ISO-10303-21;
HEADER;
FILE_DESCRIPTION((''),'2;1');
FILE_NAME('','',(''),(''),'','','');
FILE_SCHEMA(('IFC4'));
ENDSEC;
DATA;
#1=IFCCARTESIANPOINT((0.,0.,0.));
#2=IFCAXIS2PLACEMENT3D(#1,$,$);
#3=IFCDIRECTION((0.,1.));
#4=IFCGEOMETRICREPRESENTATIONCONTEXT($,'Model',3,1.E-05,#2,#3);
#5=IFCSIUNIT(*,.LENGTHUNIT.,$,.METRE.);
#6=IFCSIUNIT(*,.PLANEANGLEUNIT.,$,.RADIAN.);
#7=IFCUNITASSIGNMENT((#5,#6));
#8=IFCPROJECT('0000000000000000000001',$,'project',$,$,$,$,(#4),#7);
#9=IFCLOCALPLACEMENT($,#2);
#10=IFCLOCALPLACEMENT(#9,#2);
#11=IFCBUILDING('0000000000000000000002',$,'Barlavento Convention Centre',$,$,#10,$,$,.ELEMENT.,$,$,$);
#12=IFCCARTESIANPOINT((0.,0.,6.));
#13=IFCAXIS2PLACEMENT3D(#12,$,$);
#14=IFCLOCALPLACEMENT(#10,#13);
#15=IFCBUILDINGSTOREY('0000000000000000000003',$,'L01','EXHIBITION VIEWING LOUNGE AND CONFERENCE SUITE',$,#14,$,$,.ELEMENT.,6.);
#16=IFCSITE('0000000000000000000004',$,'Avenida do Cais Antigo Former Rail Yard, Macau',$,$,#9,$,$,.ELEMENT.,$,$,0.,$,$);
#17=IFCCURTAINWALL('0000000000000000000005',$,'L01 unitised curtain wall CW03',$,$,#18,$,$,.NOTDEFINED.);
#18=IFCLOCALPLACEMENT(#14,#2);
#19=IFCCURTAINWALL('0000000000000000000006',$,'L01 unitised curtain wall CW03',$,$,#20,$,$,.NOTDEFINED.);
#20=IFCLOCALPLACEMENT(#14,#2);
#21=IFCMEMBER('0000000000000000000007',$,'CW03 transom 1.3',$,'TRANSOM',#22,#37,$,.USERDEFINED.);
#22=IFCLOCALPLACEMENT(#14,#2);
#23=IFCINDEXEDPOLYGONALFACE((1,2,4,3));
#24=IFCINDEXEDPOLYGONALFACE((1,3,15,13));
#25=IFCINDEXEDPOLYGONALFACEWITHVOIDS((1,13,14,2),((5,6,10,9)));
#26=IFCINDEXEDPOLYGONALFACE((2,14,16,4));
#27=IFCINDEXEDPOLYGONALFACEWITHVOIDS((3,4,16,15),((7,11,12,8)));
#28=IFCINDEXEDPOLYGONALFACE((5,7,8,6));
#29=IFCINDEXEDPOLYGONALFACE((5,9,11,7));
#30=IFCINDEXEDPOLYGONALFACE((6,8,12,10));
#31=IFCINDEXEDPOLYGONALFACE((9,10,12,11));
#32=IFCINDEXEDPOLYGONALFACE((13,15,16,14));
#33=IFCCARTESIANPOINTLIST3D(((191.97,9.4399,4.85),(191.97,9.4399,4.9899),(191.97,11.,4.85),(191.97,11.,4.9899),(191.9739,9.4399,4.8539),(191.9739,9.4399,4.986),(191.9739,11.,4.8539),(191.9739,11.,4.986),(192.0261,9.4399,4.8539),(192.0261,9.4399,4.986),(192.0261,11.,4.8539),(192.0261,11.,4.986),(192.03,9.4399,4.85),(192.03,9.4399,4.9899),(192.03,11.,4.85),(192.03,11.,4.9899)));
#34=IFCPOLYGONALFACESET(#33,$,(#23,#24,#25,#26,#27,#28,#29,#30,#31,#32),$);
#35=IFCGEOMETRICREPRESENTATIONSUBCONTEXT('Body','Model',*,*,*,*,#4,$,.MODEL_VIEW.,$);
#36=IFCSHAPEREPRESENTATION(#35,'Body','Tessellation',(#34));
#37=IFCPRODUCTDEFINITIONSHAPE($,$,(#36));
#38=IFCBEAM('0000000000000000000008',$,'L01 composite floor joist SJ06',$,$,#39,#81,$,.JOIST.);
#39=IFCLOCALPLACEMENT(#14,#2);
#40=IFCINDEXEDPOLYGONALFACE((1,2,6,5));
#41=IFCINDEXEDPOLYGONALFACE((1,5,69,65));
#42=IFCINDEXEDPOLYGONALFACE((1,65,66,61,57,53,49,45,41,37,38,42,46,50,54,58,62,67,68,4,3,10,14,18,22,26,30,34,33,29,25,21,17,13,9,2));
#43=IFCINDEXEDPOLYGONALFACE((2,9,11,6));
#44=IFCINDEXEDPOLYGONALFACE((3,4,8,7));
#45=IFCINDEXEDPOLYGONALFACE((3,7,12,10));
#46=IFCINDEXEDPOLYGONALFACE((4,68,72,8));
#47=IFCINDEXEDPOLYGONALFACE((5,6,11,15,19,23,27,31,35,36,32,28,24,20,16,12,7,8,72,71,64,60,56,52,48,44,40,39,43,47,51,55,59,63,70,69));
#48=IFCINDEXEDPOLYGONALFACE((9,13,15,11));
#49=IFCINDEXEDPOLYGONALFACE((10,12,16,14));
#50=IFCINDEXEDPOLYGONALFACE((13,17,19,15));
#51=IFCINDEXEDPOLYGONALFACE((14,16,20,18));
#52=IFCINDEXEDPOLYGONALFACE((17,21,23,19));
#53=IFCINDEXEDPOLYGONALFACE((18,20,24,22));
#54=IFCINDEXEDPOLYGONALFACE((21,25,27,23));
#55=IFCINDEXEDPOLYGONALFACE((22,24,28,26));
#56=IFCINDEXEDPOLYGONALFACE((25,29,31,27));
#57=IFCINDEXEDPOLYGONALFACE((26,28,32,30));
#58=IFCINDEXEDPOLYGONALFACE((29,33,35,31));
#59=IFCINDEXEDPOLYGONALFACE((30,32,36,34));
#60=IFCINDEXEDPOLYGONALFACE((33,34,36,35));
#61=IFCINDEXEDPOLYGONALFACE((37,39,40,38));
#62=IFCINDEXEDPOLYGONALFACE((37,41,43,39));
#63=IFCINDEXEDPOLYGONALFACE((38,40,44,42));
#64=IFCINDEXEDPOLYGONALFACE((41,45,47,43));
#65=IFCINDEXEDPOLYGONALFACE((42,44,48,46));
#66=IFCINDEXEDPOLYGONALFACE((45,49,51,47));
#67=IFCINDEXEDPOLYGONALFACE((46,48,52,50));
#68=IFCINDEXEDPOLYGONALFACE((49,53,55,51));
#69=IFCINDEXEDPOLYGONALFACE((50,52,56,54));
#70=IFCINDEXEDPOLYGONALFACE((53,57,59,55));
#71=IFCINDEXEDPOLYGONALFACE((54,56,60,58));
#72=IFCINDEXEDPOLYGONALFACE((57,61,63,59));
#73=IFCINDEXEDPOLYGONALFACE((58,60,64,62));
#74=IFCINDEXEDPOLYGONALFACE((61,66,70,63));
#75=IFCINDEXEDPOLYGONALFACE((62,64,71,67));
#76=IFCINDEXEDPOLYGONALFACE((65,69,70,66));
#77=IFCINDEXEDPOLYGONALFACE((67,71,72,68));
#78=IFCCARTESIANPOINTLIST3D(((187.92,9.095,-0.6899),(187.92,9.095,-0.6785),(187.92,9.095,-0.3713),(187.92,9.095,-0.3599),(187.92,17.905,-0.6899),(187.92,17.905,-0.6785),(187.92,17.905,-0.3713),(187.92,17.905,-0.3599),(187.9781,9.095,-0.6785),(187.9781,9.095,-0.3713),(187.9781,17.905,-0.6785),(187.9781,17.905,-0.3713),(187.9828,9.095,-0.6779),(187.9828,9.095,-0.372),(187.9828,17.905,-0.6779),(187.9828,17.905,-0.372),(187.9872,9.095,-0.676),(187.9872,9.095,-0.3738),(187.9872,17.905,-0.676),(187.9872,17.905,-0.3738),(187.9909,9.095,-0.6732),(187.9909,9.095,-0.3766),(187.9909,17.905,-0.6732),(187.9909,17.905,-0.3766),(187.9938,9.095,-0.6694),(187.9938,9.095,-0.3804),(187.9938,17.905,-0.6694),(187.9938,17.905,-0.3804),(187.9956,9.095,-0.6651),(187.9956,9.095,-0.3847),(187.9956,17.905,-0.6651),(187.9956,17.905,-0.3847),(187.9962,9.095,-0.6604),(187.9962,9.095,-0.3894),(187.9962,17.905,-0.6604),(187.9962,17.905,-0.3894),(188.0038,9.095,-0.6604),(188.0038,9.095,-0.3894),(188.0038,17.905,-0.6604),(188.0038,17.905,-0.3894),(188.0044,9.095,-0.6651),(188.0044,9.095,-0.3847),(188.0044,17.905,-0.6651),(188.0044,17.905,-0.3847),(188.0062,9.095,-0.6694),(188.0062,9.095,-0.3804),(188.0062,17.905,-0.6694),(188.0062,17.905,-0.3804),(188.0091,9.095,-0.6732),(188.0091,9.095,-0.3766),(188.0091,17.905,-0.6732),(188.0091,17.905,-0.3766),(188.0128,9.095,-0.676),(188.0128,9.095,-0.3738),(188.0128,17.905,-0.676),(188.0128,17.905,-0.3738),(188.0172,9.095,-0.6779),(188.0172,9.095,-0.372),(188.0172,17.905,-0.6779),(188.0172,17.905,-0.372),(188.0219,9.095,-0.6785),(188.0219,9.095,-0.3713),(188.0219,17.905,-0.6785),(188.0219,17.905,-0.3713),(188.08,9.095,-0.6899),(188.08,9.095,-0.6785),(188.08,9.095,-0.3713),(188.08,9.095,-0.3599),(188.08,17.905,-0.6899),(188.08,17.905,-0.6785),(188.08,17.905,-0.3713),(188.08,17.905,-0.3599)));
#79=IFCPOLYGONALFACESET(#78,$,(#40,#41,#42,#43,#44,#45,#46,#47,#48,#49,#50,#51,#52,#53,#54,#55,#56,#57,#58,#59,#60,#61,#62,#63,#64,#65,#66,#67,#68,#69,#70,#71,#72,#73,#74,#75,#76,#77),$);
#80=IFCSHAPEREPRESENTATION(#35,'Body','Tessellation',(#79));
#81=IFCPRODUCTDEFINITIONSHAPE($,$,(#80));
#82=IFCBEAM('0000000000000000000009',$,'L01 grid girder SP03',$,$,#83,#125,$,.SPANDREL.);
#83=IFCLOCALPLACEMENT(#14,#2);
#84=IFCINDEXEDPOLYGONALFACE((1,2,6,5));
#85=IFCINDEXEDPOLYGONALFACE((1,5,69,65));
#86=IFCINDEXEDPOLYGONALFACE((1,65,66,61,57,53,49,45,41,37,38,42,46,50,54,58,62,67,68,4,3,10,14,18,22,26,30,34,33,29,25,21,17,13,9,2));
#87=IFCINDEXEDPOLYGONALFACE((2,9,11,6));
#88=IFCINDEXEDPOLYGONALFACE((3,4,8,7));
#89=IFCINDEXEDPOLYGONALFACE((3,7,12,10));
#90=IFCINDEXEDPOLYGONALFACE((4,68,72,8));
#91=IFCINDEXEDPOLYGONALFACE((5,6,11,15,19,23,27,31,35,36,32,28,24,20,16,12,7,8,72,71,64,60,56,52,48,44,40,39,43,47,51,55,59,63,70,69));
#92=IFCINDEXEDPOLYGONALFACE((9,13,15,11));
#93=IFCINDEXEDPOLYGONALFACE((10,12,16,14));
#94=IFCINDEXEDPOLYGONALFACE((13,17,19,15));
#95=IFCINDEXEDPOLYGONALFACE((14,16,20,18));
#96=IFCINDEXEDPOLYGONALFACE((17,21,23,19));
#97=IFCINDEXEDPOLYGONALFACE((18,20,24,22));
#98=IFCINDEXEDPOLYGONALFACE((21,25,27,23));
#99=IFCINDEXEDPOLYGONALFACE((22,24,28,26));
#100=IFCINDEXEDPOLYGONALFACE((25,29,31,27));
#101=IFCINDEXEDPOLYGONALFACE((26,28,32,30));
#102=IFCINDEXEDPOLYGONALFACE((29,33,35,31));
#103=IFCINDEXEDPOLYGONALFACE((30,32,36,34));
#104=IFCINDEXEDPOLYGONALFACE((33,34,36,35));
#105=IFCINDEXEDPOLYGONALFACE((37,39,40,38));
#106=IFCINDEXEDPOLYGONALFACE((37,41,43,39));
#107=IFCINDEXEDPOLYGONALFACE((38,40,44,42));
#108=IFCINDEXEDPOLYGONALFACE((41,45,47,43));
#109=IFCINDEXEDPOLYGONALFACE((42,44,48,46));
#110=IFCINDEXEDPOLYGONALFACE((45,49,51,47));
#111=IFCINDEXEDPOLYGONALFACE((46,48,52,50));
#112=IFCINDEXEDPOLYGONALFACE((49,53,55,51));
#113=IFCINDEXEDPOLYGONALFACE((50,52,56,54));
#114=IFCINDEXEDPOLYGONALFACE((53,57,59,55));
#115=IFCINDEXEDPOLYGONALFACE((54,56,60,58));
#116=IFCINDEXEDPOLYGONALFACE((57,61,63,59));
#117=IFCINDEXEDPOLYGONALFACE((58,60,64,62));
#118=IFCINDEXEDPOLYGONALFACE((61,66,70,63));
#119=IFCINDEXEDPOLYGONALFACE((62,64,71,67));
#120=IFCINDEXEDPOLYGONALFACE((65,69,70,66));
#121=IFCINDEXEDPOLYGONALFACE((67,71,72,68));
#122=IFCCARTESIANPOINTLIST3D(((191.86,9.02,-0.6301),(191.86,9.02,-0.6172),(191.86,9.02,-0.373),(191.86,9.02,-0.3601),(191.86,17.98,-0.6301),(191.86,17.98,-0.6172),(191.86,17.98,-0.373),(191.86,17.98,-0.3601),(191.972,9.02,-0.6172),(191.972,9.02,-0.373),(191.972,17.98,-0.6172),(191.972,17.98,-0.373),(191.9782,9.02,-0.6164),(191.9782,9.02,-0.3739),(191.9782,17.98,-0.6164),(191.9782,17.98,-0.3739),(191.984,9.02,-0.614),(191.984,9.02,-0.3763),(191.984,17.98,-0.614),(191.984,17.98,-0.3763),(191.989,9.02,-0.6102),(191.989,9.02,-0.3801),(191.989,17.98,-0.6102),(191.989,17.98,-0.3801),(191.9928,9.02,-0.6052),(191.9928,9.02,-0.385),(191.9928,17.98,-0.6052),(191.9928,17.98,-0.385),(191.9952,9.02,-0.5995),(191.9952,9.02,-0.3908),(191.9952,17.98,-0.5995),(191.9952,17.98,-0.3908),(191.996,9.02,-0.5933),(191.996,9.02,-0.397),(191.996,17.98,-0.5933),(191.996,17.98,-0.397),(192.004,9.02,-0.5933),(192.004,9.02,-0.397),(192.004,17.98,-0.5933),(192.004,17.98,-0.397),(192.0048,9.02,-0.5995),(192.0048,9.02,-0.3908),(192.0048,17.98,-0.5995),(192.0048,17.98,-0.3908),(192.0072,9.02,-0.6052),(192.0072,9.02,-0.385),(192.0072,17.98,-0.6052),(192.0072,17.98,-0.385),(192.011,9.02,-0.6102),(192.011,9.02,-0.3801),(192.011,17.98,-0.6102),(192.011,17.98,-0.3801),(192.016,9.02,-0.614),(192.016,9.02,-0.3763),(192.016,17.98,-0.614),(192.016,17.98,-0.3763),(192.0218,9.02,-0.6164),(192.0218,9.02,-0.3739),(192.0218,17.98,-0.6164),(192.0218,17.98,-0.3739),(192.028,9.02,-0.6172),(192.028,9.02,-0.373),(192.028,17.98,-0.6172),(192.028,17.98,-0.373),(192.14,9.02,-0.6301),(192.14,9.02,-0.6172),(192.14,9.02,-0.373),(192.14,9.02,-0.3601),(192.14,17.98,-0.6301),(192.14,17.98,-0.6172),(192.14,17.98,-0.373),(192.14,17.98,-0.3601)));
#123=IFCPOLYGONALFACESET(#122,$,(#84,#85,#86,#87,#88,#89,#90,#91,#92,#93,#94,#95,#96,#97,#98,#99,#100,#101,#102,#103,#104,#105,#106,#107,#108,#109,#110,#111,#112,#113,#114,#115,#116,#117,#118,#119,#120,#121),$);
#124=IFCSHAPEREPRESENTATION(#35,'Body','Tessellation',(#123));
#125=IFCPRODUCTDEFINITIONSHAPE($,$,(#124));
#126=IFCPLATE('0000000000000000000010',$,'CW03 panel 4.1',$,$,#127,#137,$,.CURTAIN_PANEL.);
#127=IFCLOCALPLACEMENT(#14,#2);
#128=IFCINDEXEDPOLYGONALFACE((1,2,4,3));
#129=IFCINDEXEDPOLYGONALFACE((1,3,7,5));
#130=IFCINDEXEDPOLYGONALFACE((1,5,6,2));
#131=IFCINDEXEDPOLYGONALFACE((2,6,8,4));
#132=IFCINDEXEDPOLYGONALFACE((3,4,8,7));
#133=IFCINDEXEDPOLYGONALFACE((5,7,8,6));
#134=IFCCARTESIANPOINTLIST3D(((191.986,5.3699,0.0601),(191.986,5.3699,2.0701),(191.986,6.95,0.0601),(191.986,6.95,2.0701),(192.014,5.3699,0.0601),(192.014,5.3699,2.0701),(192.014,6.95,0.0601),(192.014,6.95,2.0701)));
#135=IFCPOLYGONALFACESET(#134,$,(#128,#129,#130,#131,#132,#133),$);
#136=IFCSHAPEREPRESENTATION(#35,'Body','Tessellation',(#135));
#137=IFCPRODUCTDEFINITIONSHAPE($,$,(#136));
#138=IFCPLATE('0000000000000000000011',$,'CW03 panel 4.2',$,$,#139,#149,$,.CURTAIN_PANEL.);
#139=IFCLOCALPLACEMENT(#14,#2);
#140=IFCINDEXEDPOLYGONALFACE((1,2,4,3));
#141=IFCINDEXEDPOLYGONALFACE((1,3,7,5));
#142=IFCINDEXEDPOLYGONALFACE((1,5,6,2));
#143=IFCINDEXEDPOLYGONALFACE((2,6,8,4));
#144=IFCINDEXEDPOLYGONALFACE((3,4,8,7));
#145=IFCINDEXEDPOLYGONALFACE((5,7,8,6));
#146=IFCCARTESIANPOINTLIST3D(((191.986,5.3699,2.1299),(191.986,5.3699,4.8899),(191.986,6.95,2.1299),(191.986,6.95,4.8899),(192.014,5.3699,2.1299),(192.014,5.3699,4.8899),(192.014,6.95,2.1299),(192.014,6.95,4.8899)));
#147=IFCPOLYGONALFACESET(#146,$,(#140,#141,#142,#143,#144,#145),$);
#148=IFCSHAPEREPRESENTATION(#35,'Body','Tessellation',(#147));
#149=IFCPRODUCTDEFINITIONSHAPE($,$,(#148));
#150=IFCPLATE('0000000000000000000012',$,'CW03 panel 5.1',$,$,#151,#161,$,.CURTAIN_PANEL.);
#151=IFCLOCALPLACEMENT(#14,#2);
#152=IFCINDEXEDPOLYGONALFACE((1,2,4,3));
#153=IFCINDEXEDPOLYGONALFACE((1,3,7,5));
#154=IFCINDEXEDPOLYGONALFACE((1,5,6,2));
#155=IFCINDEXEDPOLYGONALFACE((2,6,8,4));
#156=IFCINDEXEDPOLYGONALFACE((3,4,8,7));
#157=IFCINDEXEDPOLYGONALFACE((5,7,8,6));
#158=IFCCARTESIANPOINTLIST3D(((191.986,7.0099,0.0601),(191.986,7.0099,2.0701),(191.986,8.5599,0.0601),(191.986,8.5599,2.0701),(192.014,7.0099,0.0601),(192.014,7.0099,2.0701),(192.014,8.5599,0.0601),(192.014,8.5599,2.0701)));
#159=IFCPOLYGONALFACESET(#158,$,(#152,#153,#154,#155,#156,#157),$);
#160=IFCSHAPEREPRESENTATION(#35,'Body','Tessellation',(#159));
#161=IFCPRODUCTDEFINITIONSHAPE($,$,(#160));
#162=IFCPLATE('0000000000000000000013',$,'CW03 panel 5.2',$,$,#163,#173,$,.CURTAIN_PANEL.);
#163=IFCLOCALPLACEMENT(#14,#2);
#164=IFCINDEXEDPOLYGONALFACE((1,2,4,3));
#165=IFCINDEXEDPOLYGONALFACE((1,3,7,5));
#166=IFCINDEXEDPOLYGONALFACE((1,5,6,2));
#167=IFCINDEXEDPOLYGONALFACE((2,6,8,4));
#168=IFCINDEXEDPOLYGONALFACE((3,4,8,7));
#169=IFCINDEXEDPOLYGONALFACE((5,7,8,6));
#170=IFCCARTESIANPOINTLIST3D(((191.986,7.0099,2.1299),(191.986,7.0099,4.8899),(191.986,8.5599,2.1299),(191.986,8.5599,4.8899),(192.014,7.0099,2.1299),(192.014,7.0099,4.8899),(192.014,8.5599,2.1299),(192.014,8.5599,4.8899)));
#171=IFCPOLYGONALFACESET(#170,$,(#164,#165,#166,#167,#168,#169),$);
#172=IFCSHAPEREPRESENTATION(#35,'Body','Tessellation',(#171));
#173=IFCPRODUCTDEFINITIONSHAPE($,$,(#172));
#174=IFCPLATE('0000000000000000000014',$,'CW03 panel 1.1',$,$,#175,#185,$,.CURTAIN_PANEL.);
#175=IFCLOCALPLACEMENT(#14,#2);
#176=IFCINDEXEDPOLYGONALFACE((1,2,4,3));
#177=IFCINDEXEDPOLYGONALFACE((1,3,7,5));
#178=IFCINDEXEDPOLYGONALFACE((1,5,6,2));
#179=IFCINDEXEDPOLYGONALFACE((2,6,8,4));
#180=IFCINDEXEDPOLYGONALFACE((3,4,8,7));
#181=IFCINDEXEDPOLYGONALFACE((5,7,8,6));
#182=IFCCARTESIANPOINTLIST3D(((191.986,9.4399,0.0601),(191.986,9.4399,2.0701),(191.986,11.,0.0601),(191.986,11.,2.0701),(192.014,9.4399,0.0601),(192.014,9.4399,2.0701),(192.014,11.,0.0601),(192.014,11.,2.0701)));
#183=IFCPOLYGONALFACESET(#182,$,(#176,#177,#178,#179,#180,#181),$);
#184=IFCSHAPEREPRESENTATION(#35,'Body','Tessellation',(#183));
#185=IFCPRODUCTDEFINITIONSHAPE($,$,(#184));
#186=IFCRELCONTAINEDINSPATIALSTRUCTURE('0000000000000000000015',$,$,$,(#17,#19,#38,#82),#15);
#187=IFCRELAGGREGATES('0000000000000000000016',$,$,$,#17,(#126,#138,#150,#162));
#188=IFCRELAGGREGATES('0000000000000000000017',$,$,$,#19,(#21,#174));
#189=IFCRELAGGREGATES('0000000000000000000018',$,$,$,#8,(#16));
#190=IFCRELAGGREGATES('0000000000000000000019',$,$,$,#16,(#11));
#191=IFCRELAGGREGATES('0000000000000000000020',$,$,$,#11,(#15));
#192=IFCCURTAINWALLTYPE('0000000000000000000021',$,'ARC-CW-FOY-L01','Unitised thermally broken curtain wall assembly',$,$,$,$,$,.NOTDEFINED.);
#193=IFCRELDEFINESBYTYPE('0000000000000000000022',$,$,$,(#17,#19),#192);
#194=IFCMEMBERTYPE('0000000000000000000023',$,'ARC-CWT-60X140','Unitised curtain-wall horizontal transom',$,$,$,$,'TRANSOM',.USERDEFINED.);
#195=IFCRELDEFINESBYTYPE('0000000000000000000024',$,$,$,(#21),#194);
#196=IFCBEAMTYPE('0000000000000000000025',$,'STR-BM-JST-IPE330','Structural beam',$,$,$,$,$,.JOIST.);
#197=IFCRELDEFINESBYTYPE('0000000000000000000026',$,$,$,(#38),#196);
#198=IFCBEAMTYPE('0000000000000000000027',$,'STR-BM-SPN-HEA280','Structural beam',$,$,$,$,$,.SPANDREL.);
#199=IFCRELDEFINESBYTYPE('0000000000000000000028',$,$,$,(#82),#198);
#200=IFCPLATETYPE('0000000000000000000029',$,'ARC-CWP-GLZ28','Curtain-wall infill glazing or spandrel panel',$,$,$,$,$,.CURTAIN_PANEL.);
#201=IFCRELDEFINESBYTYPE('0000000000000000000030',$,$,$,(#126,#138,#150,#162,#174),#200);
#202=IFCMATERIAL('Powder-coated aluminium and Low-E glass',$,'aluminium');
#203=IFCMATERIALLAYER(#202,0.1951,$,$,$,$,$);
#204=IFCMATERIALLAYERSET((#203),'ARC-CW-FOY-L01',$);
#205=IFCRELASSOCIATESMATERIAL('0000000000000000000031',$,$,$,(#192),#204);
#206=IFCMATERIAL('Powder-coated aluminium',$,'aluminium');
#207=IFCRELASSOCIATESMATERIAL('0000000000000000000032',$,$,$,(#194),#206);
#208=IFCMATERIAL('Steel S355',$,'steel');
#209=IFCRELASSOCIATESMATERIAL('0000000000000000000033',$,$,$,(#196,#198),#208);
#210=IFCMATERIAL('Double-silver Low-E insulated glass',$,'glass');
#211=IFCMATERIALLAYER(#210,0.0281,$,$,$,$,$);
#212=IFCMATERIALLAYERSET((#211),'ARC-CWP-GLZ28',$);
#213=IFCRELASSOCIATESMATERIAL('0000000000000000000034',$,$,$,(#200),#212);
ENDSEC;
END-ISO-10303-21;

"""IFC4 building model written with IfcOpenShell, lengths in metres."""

from ifc_helpers import new_model, si_unit, direction, frame, origin, origin_2d, place, context, subcontext, project, spatial, rectangle, hollow_rectangle, i_section, extrude, material, layer, layer_set, material_profile, profile_set, type_object, element, aggregate, save


model = new_model("IFC4")

# Units and contexts
model_context = context("Model", 3, precision=1e-05, world=origin(), true_north=direction((0.0, 1.0)))
body_context = subcontext(model_context, "Body", "Model", "MODEL_VIEW")
ifc_project = project(units=[si_unit("LENGTHUNIT", "METRE"), si_unit("PLANEANGLEUNIT", "RADIAN")], contexts=[model_context])

# Site, building, storey
site_placement = place(None, origin())
site = spatial("IfcSite", under=ifc_project, at=site_placement, Name="Avenida do Cais Antigo Former Rail Yard, Macau", CompositionType="ELEMENT", RefElevation=0.0)
building_placement = place(site_placement, origin())
building = spatial("IfcBuilding", under=site, at=building_placement, Name="Barlavento Convention Centre", CompositionType="ELEMENT")
storey_placement = place(building_placement, frame((0.0, 0.0, 6.0)))
storey = spatial("IfcBuildingStorey", under=building, at=storey_placement, Name="L01", Description="EXHIBITION VIEWING LOUNGE AND CONFERENCE SUITE", CompositionType="ELEMENT", Elevation=6.0)

# Shared definitions
ifc_material_1 = material(Name="Steel S355", Category="steel")

# Curtain wall
ifc_material_2 = material(Name="Powder-coated aluminium and Low-E glass", Category="aluminium")
ifc_layer_1 = layer(ifc_material_2, 0.1951)
ifc_layer_set_1 = layer_set([ifc_layer_1], Name="ARC-CW-FOY-L01")
curtain_wall_type = type_object("IfcCurtainWallType", Name="ARC-CW-FOY-L01", Description="Unitised thermally broken curtain wall assembly", PredefinedType="NOTDEFINED", material=ifc_layer_set_1)
curtain_wall_1_placement = place(storey_placement, origin())
curtain_wall_1 = element("IfcCurtainWall", 1, at=curtain_wall_1_placement, inside=storey, type_object=curtain_wall_type, Name="L01 unitised curtain wall CW03", PredefinedType="NOTDEFINED")
ifc_material_3 = material(Name="Powder-coated aluminium", Category="aluminium")

# Curtain wall
curtain_wall_2_placement = place(storey_placement, origin())
curtain_wall_2 = element("IfcCurtainWall", 2, at=curtain_wall_2_placement, inside=storey, type_object=curtain_wall_type, Name="L01 unitised curtain wall CW03", PredefinedType="NOTDEFINED")

# Member
ifc_material_profile_1 = material_profile(ifc_material_3, hollow_rectangle(XDim=0.0601, YDim=0.1399, WallThickness=0.0039, at=origin_2d()), Name="AL-TRAN 60x140x4")
ifc_profile_set_1 = profile_set([ifc_material_profile_1], Name="Powder-coated aluminium")
member_type_1 = type_object("IfcMemberType", Name="ARC-CWT-60X140", Description="Unitised curtain-wall horizontal transom", ElementType="TRANSOM", PredefinedType="USERDEFINED", material=ifc_profile_set_1)
member_1_placement = place(storey_placement, frame((192.0, 9.4399, 4.9199), z_axis=(0.0, 1.0, 0.0), x_axis=(-1.0, 0.0, 0.0)))
member_1 = element("IfcMember", 3, at=member_1_placement, type_object=member_type_1, Name="CW03 transom 1.3", ObjectType="TRANSOM", PredefinedType="USERDEFINED", context=body_context, shape_type="SweptSolid", body=[
    extrude(hollow_rectangle(XDim=0.0601, YDim=0.1399, WallThickness=0.0039, at=origin_2d()), origin(), (0.0, 0.0, 1.0), 1.5601),
])

# Beams
ifc_material_profile_2 = material_profile(ifc_material_1, i_section(OverallWidth=0.1599, OverallDepth=0.3301, WebThickness=0.0076, FlangeThickness=0.0115, FilletRadius=0.0181, at=origin_2d()), Name="IPE 330")
ifc_profile_set_2 = profile_set([ifc_material_profile_2], Name="Steel S355")
beam_type_1 = type_object("IfcBeamType", Name="STR-BM-JST-IPE330", Description="Structural beam", PredefinedType="JOIST", material=ifc_profile_set_2)
beam_1_placement = place(storey_placement, frame((188.0, 9.095, -0.5249), z_axis=(0.0, 1.0, 0.0), x_axis=(-1.0, 0.0, 0.0)))
element("IfcBeam", 4, at=beam_1_placement, inside=storey, type_object=beam_type_1, Name="L01 composite floor joist SJ06", PredefinedType="JOIST", context=body_context, shape_type="SweptSolid", body=[
    extrude(i_section(OverallWidth=0.1599, OverallDepth=0.3301, WebThickness=0.0076, FlangeThickness=0.0115, FilletRadius=0.0181, at=origin_2d()), origin(), (0.0, 0.0, 1.0), 8.8101),
])
ifc_material_profile_3 = material_profile(ifc_material_1, i_section(OverallWidth=0.28, OverallDepth=0.27, WebThickness=0.0081, FlangeThickness=0.0129, FilletRadius=0.0239, at=origin_2d()), Name="HEA 280")
ifc_profile_set_3 = profile_set([ifc_material_profile_3], Name="Steel S355")
beam_type_2 = type_object("IfcBeamType", Name="STR-BM-SPN-HEA280", Description="Structural beam", PredefinedType="SPANDREL", material=ifc_profile_set_3)
beam_2_placement = place(storey_placement, frame((192.0, 9.02, -0.4951), z_axis=(0.0, 1.0, 0.0), x_axis=(-1.0, 0.0, 0.0)))
element("IfcBeam", 5, at=beam_2_placement, inside=storey, type_object=beam_type_2, Name="L01 grid girder SP03", PredefinedType="SPANDREL", context=body_context, shape_type="SweptSolid", body=[
    extrude(i_section(OverallWidth=0.28, OverallDepth=0.27, WebThickness=0.0081, FlangeThickness=0.0129, FilletRadius=0.0239, at=origin_2d()), origin(), (0.0, 0.0, 1.0), 8.96),
])

# Plates
ifc_material_4 = material(Name="Double-silver Low-E insulated glass", Category="glass")
ifc_layer_2 = layer(ifc_material_4, 0.0281)
ifc_layer_set_2 = layer_set([ifc_layer_2], Name="ARC-CWP-GLZ28")
plate_type = type_object("IfcPlateType", Name="ARC-CWP-GLZ28", Description="Curtain-wall infill glazing or spandrel panel", PredefinedType="CURTAIN_PANEL", material=ifc_layer_set_2)
plate_1_placement = place(storey_placement, frame((192.0, 6.1599, 0.0601), z_axis=(0.0, 0.0, 1.0), x_axis=(0.0, 1.0, 0.0)))
plate_1 = element("IfcPlate", 6, at=plate_1_placement, type_object=plate_type, Name="CW03 panel 4.1", PredefinedType="CURTAIN_PANEL", context=body_context, shape_type="SweptSolid", body=[
    extrude(rectangle(XDim=1.5801, YDim=0.0281, at=origin_2d()), origin(), (0.0, 0.0, 1.0), 2.01),
])
plate_2_placement = place(storey_placement, frame((192.0, 6.1599, 2.1299), z_axis=(0.0, 0.0, 1.0), x_axis=(0.0, 1.0, 0.0)))
plate_2 = element("IfcPlate", 7, at=plate_2_placement, type_object=plate_type, Name="CW03 panel 4.2", PredefinedType="CURTAIN_PANEL", context=body_context, shape_type="SweptSolid", body=[
    extrude(rectangle(XDim=1.5801, YDim=0.0281, at=origin_2d()), origin(), (0.0, 0.0, 1.0), 2.76),
])
plate_3_placement = place(storey_placement, frame((192.0, 7.7849, 0.0601), z_axis=(0.0, 0.0, 1.0), x_axis=(0.0, 1.0, 0.0)))
plate_3 = element("IfcPlate", 8, at=plate_3_placement, type_object=plate_type, Name="CW03 panel 5.1", PredefinedType="CURTAIN_PANEL", context=body_context, shape_type="SweptSolid", body=[
    extrude(rectangle(XDim=1.55, YDim=0.0281, at=origin_2d()), origin(), (0.0, 0.0, 1.0), 2.01),
])
plate_4_placement = place(storey_placement, frame((192.0, 7.7849, 2.1299), z_axis=(0.0, 0.0, 1.0), x_axis=(0.0, 1.0, 0.0)))
plate_4 = element("IfcPlate", 9, at=plate_4_placement, type_object=plate_type, Name="CW03 panel 5.2", PredefinedType="CURTAIN_PANEL", context=body_context, shape_type="SweptSolid", body=[
    extrude(rectangle(XDim=1.55, YDim=0.0281, at=origin_2d()), origin(), (0.0, 0.0, 1.0), 2.76),
])
aggregate(curtain_wall_1, [plate_1, plate_2, plate_3, plate_4])
plate_5_placement = place(storey_placement, frame((192.0, 10.22, 0.0601), z_axis=(0.0, 0.0, 1.0), x_axis=(0.0, 1.0, 0.0)))
plate_5 = element("IfcPlate", 10, at=plate_5_placement, type_object=plate_type, Name="CW03 panel 1.1", PredefinedType="CURTAIN_PANEL", context=body_context, shape_type="SweptSolid", body=[
    extrude(rectangle(XDim=1.5601, YDim=0.0281, at=origin_2d()), origin(), (0.0, 0.0, 1.0), 2.01),
])
aggregate(curtain_wall_2, [member_1, plate_5])

save(model, "model.ifc")
